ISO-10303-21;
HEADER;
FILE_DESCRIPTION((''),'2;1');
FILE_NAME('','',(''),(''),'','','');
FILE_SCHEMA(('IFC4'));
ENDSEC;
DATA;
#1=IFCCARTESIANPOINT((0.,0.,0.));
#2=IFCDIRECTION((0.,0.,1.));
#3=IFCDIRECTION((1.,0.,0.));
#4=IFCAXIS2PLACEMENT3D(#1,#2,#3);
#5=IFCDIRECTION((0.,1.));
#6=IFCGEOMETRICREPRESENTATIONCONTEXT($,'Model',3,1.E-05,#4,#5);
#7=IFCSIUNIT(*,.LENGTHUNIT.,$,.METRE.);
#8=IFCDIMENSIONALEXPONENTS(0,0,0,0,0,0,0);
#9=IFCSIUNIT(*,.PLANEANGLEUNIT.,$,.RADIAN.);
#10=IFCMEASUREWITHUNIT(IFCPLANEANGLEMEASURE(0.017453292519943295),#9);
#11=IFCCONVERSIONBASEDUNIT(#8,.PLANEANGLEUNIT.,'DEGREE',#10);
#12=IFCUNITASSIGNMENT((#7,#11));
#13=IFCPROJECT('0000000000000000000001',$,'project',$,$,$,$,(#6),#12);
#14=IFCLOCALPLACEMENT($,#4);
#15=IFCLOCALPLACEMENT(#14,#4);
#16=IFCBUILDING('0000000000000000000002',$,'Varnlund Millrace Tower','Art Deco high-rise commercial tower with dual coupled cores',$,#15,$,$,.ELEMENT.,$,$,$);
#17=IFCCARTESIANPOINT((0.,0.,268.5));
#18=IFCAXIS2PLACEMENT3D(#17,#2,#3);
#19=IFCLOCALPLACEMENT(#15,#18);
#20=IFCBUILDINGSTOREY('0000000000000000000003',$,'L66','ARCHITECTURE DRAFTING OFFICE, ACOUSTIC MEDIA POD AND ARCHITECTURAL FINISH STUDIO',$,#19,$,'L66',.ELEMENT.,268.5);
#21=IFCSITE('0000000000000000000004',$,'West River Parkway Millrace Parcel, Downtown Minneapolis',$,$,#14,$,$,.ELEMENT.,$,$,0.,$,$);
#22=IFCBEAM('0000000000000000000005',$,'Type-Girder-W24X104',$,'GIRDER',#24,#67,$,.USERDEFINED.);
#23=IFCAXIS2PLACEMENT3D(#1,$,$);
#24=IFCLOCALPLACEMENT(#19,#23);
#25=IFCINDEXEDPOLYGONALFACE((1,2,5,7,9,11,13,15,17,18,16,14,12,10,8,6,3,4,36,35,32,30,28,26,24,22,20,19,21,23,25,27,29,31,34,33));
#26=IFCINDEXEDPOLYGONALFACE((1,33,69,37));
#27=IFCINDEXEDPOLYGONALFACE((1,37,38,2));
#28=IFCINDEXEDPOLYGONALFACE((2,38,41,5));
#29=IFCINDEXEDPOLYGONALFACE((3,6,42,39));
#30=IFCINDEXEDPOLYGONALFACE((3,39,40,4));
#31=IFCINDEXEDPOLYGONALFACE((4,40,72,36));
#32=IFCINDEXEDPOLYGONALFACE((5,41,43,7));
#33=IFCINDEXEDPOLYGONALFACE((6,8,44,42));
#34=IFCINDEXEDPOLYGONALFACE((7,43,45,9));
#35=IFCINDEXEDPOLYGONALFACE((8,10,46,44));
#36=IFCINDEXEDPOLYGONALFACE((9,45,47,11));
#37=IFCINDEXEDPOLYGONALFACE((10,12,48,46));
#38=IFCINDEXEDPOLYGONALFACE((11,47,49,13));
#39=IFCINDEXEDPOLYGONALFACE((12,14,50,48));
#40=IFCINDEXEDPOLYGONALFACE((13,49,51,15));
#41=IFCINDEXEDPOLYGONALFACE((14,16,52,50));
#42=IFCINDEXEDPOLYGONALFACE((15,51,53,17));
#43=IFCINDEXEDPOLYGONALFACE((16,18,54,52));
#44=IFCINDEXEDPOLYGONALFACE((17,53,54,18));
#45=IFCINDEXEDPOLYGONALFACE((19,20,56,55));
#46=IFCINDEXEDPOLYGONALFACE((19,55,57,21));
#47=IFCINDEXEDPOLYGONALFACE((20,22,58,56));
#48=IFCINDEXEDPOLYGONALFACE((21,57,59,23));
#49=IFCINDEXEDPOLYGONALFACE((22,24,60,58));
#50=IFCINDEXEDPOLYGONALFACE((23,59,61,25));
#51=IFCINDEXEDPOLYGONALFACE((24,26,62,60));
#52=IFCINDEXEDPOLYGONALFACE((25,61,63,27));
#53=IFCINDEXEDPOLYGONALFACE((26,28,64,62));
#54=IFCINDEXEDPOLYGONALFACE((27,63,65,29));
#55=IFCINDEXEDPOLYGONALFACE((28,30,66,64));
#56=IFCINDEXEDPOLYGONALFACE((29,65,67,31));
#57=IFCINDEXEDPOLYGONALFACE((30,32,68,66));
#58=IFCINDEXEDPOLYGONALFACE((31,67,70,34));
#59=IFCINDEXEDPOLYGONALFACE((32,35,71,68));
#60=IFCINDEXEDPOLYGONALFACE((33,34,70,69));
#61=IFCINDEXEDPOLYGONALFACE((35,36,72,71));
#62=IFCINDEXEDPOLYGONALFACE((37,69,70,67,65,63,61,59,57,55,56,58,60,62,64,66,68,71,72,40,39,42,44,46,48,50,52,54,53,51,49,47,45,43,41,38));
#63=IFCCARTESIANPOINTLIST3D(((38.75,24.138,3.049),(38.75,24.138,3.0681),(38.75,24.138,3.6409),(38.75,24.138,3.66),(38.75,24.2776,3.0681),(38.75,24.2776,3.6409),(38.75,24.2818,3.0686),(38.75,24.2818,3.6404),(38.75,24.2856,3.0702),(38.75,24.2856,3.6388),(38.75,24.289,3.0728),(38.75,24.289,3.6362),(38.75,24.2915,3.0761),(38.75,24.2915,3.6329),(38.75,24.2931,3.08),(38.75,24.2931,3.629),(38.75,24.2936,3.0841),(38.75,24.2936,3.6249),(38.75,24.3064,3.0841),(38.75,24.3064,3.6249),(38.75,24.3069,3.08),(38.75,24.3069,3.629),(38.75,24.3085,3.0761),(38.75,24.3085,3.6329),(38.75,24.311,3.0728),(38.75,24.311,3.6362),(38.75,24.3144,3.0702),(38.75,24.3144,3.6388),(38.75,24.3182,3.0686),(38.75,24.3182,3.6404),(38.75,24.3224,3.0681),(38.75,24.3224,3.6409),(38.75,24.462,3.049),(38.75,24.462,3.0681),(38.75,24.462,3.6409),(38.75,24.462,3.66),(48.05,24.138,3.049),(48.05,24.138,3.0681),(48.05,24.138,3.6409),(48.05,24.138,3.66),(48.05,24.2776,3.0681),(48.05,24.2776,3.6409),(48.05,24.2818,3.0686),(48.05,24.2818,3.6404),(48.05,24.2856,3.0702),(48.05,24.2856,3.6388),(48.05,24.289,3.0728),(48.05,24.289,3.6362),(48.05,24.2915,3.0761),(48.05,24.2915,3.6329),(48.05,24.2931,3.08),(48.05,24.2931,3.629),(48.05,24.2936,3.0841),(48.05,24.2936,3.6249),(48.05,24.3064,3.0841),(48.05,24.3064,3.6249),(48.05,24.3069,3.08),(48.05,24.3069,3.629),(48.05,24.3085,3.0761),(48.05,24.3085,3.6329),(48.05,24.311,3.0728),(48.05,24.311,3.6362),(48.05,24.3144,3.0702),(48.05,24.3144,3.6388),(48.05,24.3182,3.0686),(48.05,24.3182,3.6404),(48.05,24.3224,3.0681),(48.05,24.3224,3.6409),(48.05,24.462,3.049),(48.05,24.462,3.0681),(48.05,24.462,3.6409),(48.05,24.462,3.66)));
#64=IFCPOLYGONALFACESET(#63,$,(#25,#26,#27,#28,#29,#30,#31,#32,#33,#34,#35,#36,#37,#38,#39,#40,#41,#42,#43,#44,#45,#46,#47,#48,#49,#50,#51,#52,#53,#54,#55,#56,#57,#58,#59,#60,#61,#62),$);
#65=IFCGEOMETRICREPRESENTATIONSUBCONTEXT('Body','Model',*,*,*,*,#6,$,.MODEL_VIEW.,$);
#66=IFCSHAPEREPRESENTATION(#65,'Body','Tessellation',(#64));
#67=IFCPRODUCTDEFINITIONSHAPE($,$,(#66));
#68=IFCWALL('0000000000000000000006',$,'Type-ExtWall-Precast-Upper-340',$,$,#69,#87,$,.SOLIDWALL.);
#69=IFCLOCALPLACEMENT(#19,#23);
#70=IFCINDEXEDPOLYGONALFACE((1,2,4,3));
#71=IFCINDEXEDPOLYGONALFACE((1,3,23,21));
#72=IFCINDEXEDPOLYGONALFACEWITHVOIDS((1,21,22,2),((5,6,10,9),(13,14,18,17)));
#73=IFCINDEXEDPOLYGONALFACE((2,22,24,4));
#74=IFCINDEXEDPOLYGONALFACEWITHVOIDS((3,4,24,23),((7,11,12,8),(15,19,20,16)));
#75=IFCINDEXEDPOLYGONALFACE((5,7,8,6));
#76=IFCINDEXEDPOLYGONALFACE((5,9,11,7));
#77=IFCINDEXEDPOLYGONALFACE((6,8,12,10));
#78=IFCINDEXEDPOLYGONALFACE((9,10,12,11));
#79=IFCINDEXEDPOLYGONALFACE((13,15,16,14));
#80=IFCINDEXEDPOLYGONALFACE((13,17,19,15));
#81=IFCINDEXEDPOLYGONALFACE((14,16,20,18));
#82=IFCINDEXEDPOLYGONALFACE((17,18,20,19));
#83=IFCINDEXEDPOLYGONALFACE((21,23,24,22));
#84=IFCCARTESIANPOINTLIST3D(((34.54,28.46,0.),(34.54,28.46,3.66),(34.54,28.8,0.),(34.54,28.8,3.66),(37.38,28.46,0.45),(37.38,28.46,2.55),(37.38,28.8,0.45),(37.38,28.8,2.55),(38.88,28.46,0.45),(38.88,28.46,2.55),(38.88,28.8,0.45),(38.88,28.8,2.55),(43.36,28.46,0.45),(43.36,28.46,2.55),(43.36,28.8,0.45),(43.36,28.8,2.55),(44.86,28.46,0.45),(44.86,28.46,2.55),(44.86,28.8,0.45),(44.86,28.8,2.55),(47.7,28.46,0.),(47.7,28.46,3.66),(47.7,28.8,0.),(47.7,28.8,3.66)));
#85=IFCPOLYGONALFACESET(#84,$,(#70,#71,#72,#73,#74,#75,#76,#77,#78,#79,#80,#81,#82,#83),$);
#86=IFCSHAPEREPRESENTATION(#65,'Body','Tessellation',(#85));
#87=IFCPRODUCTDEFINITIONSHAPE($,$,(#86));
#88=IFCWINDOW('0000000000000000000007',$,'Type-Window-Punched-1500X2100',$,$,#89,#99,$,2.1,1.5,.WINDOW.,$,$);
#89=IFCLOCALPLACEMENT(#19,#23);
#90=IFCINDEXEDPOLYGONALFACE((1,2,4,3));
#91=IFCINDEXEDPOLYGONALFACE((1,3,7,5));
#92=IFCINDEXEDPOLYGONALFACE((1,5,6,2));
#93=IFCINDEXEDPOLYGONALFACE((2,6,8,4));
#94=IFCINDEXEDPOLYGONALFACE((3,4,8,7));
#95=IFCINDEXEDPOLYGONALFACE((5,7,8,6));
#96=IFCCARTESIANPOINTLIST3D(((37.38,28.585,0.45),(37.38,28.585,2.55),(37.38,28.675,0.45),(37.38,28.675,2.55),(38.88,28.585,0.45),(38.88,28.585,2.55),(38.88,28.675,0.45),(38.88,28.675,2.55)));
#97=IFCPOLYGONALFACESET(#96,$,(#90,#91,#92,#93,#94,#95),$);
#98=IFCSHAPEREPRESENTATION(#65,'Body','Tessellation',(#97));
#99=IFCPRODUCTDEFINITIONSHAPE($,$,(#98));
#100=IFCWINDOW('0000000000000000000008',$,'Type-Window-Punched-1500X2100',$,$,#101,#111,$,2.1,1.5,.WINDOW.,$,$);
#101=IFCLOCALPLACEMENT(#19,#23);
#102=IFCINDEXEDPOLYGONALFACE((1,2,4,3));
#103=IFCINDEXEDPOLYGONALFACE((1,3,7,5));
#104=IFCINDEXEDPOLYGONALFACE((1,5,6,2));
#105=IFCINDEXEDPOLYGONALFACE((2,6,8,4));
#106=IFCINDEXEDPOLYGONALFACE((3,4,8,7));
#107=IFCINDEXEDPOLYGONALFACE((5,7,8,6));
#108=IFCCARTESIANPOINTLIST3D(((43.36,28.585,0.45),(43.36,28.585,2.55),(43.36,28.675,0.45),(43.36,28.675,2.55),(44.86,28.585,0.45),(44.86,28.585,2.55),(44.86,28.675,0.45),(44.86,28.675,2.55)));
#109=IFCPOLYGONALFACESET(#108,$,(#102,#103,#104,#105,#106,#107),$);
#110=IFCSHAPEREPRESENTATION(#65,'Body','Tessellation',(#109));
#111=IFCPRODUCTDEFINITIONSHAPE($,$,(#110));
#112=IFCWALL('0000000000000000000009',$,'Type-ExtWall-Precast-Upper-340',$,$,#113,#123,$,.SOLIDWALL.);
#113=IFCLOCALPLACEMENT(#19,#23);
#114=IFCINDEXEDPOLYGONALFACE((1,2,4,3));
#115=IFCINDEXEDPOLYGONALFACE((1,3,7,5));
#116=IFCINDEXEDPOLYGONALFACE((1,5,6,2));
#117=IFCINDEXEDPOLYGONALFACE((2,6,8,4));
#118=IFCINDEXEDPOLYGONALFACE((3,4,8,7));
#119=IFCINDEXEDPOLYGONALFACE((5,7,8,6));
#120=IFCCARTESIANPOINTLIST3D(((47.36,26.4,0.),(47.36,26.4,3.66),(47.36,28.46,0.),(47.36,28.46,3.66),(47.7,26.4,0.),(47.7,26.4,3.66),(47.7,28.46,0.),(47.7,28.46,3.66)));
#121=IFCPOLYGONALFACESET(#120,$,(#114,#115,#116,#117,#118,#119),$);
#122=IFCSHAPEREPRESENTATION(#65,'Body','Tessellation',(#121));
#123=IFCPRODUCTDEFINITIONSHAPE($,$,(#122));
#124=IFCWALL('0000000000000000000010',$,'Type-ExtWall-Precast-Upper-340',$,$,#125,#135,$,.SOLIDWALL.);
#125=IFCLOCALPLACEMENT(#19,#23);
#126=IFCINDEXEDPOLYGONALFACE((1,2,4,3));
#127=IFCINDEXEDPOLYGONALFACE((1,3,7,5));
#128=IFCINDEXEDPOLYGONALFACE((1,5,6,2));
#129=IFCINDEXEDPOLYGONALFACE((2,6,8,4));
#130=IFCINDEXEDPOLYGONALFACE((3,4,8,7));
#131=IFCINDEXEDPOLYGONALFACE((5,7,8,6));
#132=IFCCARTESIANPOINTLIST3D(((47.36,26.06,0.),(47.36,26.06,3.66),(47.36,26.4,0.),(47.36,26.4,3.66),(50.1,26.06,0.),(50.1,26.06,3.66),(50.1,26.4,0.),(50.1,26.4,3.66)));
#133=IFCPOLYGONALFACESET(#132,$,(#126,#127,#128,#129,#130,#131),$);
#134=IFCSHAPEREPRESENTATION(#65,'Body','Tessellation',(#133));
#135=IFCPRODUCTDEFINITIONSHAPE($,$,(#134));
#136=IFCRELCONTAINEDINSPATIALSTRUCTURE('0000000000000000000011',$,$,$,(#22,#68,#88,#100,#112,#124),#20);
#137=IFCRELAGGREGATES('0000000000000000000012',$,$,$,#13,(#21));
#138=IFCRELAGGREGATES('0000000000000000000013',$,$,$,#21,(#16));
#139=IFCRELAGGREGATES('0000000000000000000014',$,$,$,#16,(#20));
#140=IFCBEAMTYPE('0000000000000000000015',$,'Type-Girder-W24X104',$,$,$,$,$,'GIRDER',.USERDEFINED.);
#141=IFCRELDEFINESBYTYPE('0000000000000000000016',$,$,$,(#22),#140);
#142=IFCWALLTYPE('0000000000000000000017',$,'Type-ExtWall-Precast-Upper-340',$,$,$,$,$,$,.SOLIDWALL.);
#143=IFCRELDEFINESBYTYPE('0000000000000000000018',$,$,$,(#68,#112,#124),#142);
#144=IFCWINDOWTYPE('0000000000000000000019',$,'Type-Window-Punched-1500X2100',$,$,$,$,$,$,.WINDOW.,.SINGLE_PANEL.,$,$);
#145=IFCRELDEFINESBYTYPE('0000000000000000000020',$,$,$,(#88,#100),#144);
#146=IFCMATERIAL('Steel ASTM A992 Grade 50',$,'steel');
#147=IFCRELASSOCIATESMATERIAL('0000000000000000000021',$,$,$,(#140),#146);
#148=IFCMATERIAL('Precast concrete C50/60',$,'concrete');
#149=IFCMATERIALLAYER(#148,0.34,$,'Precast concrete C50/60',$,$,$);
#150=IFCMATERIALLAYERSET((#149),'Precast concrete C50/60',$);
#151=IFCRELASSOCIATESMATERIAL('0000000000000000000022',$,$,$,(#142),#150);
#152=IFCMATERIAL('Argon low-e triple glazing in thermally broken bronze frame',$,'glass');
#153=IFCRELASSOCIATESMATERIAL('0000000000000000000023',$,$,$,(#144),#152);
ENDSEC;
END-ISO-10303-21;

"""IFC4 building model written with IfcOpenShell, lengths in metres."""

from ifc_helpers import new_model, entity, si_unit, converted_unit, direction, frame, origin_with_axes, origin_2d_with_axis, place, context, subcontext, project, spatial, polyline, rectangle, i_section, outline, extrude, material, layer, layer_set, material_profile, profile_set, type_object, element, fill, save


model = new_model("IFC4")

# Units and contexts
model_context = context("Model", 3, precision=1e-05, world=origin_with_axes(), true_north=direction((0.0, 1.0)))
body_context = subcontext(model_context, "Body", "Model", "MODEL_VIEW")
ifc_project = project(units=[si_unit("LENGTHUNIT", "METRE"), converted_unit("PLANEANGLEUNIT", "DEGREE", entity("IfcPlaneAngleMeasure", 0.017453292519943295), si_unit("PLANEANGLEUNIT", "RADIAN"), dimensions=[0, 0, 0, 0, 0, 0, 0])], contexts=[model_context])

# Site, building, storey
site_placement = place(None, origin_with_axes())
site = spatial("IfcSite", under=ifc_project, at=site_placement, Name="West River Parkway Millrace Parcel, Downtown Minneapolis", CompositionType="ELEMENT", RefElevation=0.0)
building_placement = place(site_placement, origin_with_axes())
building = spatial("IfcBuilding", under=site, at=building_placement, Name="Varnlund Millrace Tower", Description="Art Deco high-rise commercial tower with dual coupled cores", CompositionType="ELEMENT")
storey_placement = place(building_placement, frame((0.0, 0.0, 268.5), z_axis=(0.0, 0.0, 1.0), x_axis=(1.0, 0.0, 0.0)))
storey = spatial("IfcBuildingStorey", under=building, at=storey_placement, Name="L66", Description="ARCHITECTURE DRAFTING OFFICE, ACOUSTIC MEDIA POD AND ARCHITECTURAL FINISH STUDIO", LongName="L66", CompositionType="ELEMENT", Elevation=268.5)

# Beam
ifc_material_1 = material(Name="Steel ASTM A992 Grade 50", Category="steel")
ifc_material_profile = material_profile(ifc_material_1, i_section(OverallWidth=0.324, OverallDepth=0.611, WebThickness=0.0127, FlangeThickness=0.0191, FilletRadius=0.016, at=origin_2d_with_axis()), Name="Steel ASTM A992 Grade 50")
ifc_profile_set = profile_set([ifc_material_profile], Name="Steel ASTM A992 Grade 50")
beam_type = type_object("IfcBeamType", Name="Type-Girder-W24X104", ElementType="GIRDER", PredefinedType="USERDEFINED", material=ifc_profile_set)
beam_placement = place(storey_placement, frame((38.75, 24.3, 3.3545), z_axis=(1.0, 0.0, 0.0), x_axis=(0.0, 1.0, 0.0)))
element("IfcBeam", 1, at=beam_placement, inside=storey, type_object=beam_type, Name="Type-Girder-W24X104", ObjectType="GIRDER", PredefinedType="USERDEFINED", context=body_context, shape_type="SweptSolid", body=[
    extrude(i_section(OverallWidth=0.324, OverallDepth=0.611, WebThickness=0.0127, FlangeThickness=0.0191, FilletRadius=0.016, at=origin_2d_with_axis()), origin_with_axes(), (0.0, 0.0, 1.0), 9.3),
])

# Wall, openings, windows
ifc_material_2 = material(Name="Precast concrete C50/60", Category="concrete")
ifc_layer_1 = layer(ifc_material_2, 0.34, Name="Precast concrete C50/60")
ifc_layer_set_1 = layer_set([ifc_layer_1], Name="Precast concrete C50/60")
wall_type_1 = type_object("IfcWallType", Name="Type-ExtWall-Precast-Upper-340", PredefinedType="SOLIDWALL", material=ifc_layer_set_1)
wall_1_placement = place(storey_placement, frame((34.54, 28.63, 0.0), z_axis=(0.0, 0.0, 1.0), x_axis=(1.0, 0.0, 0.0)))
wall_1 = element("IfcWall", 2, at=wall_1_placement, inside=storey, type_object=wall_type_1, Name="Type-ExtWall-Precast-Upper-340", PredefinedType="SOLIDWALL", context=body_context, shape_type="SweptSolid", body=[
    extrude(outline(polyline([(0.0, -0.17), (13.16, -0.17), (13.16, 0.17), (0.0, 0.17), (0.0, -0.17)])), origin_with_axes(), (0.0, 0.0, 1.0), 3.66),
])
opening_1_placement = place(wall_1_placement, frame((3.59, 0.0, 0.45), z_axis=(0.0, 0.0, 1.0), x_axis=(1.0, 0.0, 0.0)))
opening_1 = element("IfcOpeningElement", 3, at=opening_1_placement, cuts=wall_1, PredefinedType="OPENING", context=body_context, shape_type="SweptSolid", body=[
    extrude(rectangle(XDim=1.5, YDim=0.36, at=origin_2d_with_axis()), origin_with_axes(), (0.0, 0.0, 1.0), 2.1),
])
opening_2_placement = place(wall_1_placement, frame((9.57, 0.0, 0.45), z_axis=(0.0, 0.0, 1.0), x_axis=(1.0, 0.0, 0.0)))
opening_2 = element("IfcOpeningElement", 4, at=opening_2_placement, cuts=wall_1, PredefinedType="OPENING", context=body_context, shape_type="SweptSolid", body=[
    extrude(rectangle(XDim=1.5, YDim=0.36, at=origin_2d_with_axis()), origin_with_axes(), (0.0, 0.0, 1.0), 2.1),
])
ifc_material_3 = material(Name="Argon low-e triple glazing in thermally broken bronze frame", Category="glass")
window_type = type_object("IfcWindowType", Name="Type-Window-Punched-1500X2100", PartitioningType="SINGLE_PANEL", PredefinedType="WINDOW", material=ifc_material_3)
window_1_placement = place(wall_1_placement, frame((3.59, 0.0, 0.45), z_axis=(0.0, 0.0, 1.0), x_axis=(1.0, 0.0, 0.0)))
window_1 = element("IfcWindow", 5, at=window_1_placement, inside=storey, type_object=window_type, Name="Type-Window-Punched-1500X2100", OverallHeight=2.1, OverallWidth=1.5, PredefinedType="WINDOW", context=body_context, shape_type="SweptSolid", body=[
    extrude(rectangle(XDim=1.5, YDim=0.09, at=origin_2d_with_axis()), origin_with_axes(), (0.0, 0.0, 1.0), 2.1),
])
fill(opening_1, window_1)
window_2_placement = place(wall_1_placement, frame((9.57, 0.0, 0.45), z_axis=(0.0, 0.0, 1.0), x_axis=(1.0, 0.0, 0.0)))
window_2 = element("IfcWindow", 6, at=window_2_placement, inside=storey, type_object=window_type, Name="Type-Window-Punched-1500X2100", OverallHeight=2.1, OverallWidth=1.5, PredefinedType="WINDOW", context=body_context, shape_type="SweptSolid", body=[
    extrude(rectangle(XDim=1.5, YDim=0.09, at=origin_2d_with_axis()), origin_with_axes(), (0.0, 0.0, 1.0), 2.1),
])
fill(opening_2, window_2)

# Walls
wall_2_placement = place(storey_placement, frame((47.53, 28.46, 0.0), z_axis=(0.0, 0.0, 1.0), x_axis=(0.0, -1.0, 0.0)))
element("IfcWall", 7, at=wall_2_placement, inside=storey, type_object=wall_type_1, Name="Type-ExtWall-Precast-Upper-340", PredefinedType="SOLIDWALL", context=body_context, shape_type="SweptSolid", body=[
    extrude(outline(polyline([(0.0, -0.17), (2.06, -0.17), (2.06, 0.17), (0.0, 0.17), (0.0, -0.17)])), origin_with_axes(), (0.0, 0.0, 1.0), 3.66),
])
wall_3_placement = place(storey_placement, frame((47.36, 26.23, 0.0), z_axis=(0.0, 0.0, 1.0), x_axis=(1.0, 0.0, 0.0)))
element("IfcWall", 8, at=wall_3_placement, inside=storey, type_object=wall_type_1, Name="Type-ExtWall-Precast-Upper-340", PredefinedType="SOLIDWALL", context=body_context, shape_type="SweptSolid", body=[
    extrude(outline(polyline([(0.0, -0.17), (2.74, -0.17), (2.74, 0.17), (0.0, 0.17), (0.0, -0.17)])), origin_with_axes(), (0.0, 0.0, 1.0), 3.66),
])

save(model, "model.ifc")
